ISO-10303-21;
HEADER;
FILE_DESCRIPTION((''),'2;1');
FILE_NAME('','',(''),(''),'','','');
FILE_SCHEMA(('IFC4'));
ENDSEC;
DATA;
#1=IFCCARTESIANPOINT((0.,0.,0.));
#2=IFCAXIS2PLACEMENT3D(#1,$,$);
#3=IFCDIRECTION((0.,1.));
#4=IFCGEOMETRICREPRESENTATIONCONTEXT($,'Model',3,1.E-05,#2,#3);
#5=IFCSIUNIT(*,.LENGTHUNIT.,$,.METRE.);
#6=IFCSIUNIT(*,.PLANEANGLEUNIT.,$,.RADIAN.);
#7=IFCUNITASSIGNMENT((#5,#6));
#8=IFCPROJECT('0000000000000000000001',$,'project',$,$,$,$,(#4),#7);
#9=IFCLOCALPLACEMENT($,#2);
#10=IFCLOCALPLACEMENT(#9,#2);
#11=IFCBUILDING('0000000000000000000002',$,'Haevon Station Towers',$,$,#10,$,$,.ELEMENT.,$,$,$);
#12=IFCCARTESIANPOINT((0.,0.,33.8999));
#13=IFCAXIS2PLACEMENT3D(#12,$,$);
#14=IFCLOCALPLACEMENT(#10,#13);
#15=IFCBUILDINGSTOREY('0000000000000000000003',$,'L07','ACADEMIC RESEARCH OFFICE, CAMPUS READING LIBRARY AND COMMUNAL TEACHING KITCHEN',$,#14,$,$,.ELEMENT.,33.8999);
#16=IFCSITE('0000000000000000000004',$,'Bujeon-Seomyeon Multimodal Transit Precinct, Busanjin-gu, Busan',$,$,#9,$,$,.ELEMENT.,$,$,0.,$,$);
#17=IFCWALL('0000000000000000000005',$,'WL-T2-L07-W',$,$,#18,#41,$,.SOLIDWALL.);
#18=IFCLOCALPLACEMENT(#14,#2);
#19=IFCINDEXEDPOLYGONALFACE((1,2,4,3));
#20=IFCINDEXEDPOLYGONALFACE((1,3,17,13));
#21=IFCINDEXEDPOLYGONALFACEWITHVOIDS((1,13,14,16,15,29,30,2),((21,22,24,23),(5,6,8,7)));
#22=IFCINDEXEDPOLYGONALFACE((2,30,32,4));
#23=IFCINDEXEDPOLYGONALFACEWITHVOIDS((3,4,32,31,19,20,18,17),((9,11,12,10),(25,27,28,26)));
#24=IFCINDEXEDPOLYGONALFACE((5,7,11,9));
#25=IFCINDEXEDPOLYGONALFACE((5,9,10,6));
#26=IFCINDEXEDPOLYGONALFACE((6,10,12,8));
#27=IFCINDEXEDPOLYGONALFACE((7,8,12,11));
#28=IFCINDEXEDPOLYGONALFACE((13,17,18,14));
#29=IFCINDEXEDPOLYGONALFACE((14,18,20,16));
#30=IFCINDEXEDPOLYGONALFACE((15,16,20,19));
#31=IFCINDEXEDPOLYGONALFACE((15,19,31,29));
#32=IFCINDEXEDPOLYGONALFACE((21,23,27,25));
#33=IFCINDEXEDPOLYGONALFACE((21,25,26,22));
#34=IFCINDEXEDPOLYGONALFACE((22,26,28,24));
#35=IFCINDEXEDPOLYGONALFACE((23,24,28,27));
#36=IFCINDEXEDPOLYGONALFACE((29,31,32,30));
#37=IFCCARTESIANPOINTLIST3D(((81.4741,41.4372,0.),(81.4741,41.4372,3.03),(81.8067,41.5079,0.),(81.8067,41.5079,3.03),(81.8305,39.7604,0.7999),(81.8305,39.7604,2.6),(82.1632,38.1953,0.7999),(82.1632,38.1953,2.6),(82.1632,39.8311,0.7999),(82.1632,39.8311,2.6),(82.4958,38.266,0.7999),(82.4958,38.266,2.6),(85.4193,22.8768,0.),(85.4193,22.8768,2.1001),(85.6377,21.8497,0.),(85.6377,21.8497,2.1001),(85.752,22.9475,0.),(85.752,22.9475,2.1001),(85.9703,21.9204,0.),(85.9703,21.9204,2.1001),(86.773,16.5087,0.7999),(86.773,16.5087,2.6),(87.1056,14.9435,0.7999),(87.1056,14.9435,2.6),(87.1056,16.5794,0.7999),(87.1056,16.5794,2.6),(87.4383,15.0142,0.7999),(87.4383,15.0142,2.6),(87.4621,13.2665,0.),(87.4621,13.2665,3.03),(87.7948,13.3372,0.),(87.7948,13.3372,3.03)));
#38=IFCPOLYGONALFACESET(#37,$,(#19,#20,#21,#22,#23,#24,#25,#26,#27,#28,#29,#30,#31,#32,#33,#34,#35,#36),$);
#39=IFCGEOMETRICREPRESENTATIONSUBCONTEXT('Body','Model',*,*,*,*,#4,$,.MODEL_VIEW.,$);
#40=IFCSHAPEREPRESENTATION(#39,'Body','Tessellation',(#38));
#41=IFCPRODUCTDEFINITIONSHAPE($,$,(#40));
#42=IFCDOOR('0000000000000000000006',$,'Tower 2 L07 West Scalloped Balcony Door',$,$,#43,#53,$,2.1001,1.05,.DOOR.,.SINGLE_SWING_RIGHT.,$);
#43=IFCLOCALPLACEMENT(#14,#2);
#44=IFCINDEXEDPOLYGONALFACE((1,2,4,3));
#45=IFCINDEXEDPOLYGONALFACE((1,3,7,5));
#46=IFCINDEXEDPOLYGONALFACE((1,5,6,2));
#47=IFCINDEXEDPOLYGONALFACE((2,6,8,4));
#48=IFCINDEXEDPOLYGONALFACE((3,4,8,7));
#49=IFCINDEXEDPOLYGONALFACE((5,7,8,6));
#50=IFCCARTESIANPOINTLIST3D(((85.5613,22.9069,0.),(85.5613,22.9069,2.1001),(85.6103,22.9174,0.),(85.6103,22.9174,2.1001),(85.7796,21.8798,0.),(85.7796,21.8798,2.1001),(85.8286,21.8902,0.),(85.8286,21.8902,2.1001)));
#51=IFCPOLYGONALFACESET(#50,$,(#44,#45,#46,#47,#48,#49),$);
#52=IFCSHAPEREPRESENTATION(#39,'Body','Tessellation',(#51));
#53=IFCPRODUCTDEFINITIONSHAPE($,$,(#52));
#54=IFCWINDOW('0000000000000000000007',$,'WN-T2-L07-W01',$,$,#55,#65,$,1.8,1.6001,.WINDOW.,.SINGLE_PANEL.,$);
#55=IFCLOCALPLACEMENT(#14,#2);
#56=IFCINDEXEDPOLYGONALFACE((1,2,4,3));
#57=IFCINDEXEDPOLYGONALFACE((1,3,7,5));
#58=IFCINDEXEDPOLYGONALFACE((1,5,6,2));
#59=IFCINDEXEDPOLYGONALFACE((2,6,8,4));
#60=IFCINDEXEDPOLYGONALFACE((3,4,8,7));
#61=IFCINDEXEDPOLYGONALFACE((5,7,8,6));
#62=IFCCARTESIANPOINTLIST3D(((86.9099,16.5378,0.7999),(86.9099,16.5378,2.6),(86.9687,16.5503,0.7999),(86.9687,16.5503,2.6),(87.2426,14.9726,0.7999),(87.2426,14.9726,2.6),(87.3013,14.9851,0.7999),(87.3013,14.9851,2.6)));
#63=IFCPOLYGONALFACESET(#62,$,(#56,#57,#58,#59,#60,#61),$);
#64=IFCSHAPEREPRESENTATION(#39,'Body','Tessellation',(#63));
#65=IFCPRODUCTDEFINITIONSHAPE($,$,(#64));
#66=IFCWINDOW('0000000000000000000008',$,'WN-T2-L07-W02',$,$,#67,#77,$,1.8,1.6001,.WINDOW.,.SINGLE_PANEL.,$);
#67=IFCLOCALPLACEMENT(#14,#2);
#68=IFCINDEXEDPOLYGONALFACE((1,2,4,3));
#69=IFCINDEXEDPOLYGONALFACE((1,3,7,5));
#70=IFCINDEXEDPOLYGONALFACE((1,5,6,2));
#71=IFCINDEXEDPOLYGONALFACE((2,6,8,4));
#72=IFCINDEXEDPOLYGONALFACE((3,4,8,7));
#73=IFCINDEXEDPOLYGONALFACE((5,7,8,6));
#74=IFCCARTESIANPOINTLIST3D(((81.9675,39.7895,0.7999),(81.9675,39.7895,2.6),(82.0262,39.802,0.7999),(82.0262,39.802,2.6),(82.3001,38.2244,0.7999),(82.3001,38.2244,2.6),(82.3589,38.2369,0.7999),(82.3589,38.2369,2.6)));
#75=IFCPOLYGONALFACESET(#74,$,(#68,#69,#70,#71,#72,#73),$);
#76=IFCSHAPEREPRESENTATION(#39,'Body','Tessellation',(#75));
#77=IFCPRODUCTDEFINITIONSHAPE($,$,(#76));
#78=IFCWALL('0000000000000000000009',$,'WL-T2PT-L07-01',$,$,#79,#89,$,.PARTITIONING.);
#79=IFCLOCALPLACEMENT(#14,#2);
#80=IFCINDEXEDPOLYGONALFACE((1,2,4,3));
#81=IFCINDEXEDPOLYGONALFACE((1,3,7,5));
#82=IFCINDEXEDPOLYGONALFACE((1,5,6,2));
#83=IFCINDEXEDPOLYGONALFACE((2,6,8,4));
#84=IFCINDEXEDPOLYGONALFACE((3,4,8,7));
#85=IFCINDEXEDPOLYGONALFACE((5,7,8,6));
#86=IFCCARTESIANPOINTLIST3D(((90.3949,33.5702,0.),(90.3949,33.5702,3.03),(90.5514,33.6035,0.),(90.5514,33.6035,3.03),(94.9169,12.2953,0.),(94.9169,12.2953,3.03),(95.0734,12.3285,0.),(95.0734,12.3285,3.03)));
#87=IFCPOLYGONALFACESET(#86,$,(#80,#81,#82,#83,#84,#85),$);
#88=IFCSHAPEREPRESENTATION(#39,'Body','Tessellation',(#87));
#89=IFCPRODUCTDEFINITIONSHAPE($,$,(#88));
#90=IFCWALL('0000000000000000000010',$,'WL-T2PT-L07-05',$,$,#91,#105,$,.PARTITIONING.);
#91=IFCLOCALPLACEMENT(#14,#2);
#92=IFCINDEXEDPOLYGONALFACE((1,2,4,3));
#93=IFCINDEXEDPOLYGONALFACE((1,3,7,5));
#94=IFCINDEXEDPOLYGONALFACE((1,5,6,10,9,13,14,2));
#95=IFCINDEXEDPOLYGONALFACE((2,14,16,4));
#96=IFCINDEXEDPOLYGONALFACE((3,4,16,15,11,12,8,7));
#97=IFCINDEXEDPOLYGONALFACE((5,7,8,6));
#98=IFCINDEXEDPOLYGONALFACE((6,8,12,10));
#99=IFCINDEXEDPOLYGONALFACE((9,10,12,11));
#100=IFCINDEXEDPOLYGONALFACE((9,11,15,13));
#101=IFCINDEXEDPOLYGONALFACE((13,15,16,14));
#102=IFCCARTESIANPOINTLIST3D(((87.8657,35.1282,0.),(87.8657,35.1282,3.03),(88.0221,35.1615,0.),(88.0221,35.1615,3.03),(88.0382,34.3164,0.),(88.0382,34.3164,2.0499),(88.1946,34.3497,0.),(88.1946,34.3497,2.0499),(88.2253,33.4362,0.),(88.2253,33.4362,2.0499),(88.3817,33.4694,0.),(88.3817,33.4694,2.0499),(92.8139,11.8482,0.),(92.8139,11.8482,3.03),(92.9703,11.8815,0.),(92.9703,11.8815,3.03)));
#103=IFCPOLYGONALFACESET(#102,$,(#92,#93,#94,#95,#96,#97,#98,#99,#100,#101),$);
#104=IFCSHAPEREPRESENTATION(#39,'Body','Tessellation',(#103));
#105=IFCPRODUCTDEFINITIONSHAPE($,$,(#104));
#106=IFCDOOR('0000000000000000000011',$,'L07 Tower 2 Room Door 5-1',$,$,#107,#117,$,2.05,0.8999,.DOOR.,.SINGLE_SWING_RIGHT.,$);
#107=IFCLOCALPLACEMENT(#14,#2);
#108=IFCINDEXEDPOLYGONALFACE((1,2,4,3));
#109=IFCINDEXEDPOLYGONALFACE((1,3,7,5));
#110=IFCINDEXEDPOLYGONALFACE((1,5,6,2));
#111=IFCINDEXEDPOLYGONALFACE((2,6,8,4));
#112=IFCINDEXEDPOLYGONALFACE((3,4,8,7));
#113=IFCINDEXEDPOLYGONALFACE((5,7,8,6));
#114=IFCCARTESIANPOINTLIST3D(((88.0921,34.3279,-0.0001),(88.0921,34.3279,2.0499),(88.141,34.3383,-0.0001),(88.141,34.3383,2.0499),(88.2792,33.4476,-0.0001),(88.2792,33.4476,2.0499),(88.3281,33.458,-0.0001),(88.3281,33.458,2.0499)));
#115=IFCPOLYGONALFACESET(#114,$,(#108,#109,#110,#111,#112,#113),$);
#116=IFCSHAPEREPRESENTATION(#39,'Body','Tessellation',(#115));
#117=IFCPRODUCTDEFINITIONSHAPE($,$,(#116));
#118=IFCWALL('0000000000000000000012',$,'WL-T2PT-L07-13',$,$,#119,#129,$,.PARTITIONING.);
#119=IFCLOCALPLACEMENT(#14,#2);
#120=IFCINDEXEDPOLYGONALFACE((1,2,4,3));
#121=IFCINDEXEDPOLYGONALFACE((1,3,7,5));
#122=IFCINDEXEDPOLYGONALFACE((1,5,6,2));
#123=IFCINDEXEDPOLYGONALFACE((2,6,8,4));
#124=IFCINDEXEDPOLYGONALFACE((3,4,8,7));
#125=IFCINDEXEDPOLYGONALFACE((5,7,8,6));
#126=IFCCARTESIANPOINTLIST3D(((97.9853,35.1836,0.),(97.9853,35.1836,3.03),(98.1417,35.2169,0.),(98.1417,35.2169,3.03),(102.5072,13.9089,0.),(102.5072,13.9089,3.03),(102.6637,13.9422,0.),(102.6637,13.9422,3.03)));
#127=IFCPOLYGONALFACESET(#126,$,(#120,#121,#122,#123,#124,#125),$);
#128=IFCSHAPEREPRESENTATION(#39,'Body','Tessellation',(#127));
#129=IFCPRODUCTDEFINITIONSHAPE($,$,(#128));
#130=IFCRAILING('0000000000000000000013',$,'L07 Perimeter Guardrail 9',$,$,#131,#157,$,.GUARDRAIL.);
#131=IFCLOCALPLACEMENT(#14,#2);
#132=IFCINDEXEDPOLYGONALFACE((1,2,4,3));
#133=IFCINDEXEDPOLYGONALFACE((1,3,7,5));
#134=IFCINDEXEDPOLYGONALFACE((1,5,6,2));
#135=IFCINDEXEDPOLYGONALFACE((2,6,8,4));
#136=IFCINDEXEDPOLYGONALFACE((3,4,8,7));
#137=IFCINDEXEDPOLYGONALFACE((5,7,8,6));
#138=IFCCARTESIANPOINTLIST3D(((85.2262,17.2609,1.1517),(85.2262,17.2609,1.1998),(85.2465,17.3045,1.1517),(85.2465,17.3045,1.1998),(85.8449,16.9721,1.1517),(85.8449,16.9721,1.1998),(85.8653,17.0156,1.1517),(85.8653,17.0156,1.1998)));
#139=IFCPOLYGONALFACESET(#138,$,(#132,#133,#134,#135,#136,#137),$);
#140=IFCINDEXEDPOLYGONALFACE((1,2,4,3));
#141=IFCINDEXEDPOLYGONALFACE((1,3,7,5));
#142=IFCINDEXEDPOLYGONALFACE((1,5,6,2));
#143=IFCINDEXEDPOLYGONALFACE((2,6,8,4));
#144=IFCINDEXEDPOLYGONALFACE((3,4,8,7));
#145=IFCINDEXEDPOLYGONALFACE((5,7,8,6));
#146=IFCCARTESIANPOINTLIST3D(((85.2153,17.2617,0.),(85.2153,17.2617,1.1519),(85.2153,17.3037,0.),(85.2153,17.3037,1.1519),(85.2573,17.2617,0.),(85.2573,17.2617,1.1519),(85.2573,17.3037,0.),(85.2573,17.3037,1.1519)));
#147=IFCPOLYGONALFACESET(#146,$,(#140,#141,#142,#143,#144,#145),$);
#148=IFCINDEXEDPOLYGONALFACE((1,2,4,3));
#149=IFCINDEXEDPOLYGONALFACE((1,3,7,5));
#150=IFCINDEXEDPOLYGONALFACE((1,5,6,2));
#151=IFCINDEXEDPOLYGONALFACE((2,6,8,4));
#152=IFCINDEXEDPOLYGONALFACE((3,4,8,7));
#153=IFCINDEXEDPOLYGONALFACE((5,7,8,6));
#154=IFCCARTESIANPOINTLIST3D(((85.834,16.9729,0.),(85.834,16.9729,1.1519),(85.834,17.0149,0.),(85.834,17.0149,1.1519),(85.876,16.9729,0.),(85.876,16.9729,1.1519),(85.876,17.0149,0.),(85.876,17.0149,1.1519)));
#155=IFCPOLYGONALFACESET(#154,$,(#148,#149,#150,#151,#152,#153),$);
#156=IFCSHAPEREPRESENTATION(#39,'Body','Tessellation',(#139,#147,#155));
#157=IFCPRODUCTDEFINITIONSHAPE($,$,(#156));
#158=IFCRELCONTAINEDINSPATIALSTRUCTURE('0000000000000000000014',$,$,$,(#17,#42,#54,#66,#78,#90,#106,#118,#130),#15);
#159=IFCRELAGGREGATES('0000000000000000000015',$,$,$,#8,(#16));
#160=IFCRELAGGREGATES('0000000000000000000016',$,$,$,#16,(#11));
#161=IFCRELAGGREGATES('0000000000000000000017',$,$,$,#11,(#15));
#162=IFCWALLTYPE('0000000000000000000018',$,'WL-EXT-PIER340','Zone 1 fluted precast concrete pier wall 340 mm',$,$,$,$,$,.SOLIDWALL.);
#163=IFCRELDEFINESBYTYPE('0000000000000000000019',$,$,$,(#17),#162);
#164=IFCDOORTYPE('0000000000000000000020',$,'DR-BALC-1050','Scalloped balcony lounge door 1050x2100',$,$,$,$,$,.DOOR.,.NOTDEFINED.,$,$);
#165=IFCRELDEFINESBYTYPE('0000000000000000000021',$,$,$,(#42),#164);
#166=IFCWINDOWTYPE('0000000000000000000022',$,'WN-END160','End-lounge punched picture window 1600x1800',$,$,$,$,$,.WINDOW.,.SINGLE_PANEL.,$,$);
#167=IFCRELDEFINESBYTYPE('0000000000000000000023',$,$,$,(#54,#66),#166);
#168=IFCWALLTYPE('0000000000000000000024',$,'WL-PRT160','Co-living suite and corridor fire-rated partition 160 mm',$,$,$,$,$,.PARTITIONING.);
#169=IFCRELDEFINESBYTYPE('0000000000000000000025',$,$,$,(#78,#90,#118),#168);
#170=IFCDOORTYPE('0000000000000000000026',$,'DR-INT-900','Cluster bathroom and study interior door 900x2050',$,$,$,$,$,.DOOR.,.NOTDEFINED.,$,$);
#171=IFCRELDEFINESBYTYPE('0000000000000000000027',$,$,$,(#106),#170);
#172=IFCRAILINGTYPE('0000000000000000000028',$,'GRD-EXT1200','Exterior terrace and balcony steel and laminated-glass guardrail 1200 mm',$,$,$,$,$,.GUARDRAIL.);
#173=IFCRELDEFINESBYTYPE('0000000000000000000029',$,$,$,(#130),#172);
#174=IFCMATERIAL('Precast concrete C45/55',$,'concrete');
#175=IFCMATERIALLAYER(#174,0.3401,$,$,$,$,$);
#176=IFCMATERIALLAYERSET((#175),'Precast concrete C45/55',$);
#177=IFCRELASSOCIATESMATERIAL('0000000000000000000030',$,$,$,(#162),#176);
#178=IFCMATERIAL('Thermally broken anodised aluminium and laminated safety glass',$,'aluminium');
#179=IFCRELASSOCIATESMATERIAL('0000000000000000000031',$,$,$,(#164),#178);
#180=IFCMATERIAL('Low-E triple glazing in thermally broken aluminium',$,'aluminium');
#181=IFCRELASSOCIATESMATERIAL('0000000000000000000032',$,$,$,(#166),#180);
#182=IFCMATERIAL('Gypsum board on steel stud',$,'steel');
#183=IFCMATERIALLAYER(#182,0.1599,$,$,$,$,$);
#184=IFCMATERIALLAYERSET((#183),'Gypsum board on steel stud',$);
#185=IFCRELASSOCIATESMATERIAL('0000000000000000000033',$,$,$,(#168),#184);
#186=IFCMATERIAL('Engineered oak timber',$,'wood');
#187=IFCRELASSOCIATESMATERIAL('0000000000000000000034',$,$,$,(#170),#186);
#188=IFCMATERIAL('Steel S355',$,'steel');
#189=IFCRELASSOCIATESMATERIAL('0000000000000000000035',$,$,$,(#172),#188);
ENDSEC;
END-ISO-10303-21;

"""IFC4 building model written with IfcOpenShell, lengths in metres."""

from ifc_helpers import new_model, si_unit, direction, frame, frame_2d, origin, origin_2d, place, context, subcontext, project, spatial, rectangle, extrude, material, layer, layer_set, type_object, element, fill, save


model = new_model("IFC4")

# Units and contexts
model_context = context("Model", 3, precision=1e-05, world=origin(), true_north=direction((0.0, 1.0)))
body_context = subcontext(model_context, "Body", "Model", "MODEL_VIEW")
ifc_project = project(units=[si_unit("LENGTHUNIT", "METRE"), si_unit("PLANEANGLEUNIT", "RADIAN")], contexts=[model_context])

# Site, building, storey
site_placement = place(None, origin())
site = spatial("IfcSite", under=ifc_project, at=site_placement, Name="Bujeon-Seomyeon Multimodal Transit Precinct, Busanjin-gu, Busan", CompositionType="ELEMENT", RefElevation=0.0)
building_placement = place(site_placement, origin())
building = spatial("IfcBuilding", under=site, at=building_placement, Name="Haevon Station Towers", CompositionType="ELEMENT")
storey_placement = place(building_placement, frame((0.0, 0.0, 33.8999)))
storey = spatial("IfcBuildingStorey", under=building, at=storey_placement, Name="L07", Description="ACADEMIC RESEARCH OFFICE, CAMPUS READING LIBRARY AND COMMUNAL TEACHING KITCHEN", CompositionType="ELEMENT", Elevation=33.8999)

# Shared definitions
ifc_material_1 = material(Name="Steel S355", Category="steel")

# Shared definitions
ifc_material_2 = material(Name="Precast concrete C45/55", Category="concrete")
ifc_layer_1 = layer(ifc_material_2, 0.3401)
ifc_layer_set_1 = layer_set([ifc_layer_1], Name="Precast concrete C45/55")
wall_type_1 = type_object("IfcWallType", Name="WL-EXT-PIER340", Description="Zone 1 fluted precast concrete pier wall 340 mm", PredefinedType="SOLIDWALL", material=ifc_layer_set_1)

# Wall, openings, door, windows
wall_1_placement = place(storey_placement, frame((87.6284, 13.302, 0.0), z_axis=(0.0, 0.0, 1.0), x_axis=(-0.207918, 0.978146, 0.0)))
wall_1 = element("IfcWall", 1, at=wall_1_placement, inside=storey, type_object=wall_type_1, Name="WL-T2-L07-W", PredefinedType="SOLIDWALL", context=body_context, shape_type="SweptSolid", body=[
    extrude(rectangle(XDim=28.8, YDim=0.3401, at=frame_2d((14.3999, 0.0))), origin(), (0.0, 0.0, 1.0), 3.03),
])
opening_1_placement = place(wall_1_placement, frame((8.7749, 0.0, 0.0)))
opening_1 = element("IfcOpeningElement", 2, at=opening_1_placement, cuts=wall_1, PredefinedType="OPENING", context=body_context, shape_type="SweptSolid", body=[
    extrude(rectangle(XDim=1.05, YDim=2.1001, at=frame_2d((0.5249, 1.05))), frame((0.0, 0.1799, 0.0), z_axis=(0.0, -1.0, 0.0), x_axis=(1.0, 0.0, 0.0)), (0.0, 0.0, 1.0), 0.3601),
])
opening_2_placement = place(wall_1_placement, frame((1.7144, 0.0, 0.8)))
opening_2 = element("IfcOpeningElement", 3, at=opening_2_placement, cuts=wall_1, PredefinedType="OPENING", context=body_context, shape_type="SweptSolid", body=[
    extrude(rectangle(XDim=1.6001, YDim=1.8, at=frame_2d((0.8, 0.8999))), frame((0.0, 0.1799, 0.0), z_axis=(0.0, -1.0, 0.0), x_axis=(1.0, 0.0, 0.0)), (0.0, 0.0, 1.0), 0.3601),
])
opening_3_placement = place(wall_1_placement, frame((25.4856, 0.0, 0.8)))
opening_3 = element("IfcOpeningElement", 4, at=opening_3_placement, cuts=wall_1, PredefinedType="OPENING", context=body_context, shape_type="SweptSolid", body=[
    extrude(rectangle(XDim=1.6001, YDim=1.8, at=frame_2d((0.8, 0.8999))), frame((0.0, 0.1799, 0.0), z_axis=(0.0, -1.0, 0.0), x_axis=(1.0, 0.0, 0.0)), (0.0, 0.0, 1.0), 0.3601),
])
ifc_material_3 = material(Name="Thermally broken anodised aluminium and laminated safety glass", Category="aluminium")
door_type_1 = type_object("IfcDoorType", Name="DR-BALC-1050", Description="Scalloped balcony lounge door 1050x2100", OperationType="NOTDEFINED", PredefinedType="DOOR", material=ifc_material_3)
door_1_placement = place(opening_1_placement, origin())
door_1 = element("IfcDoor", 5, at=door_1_placement, inside=storey, type_object=door_type_1, Name="Tower 2 L07 West Scalloped Balcony Door", OperationType="SINGLE_SWING_RIGHT", OverallHeight=2.1001, OverallWidth=1.05, PredefinedType="DOOR", context=body_context, shape_type="SweptSolid", body=[
    extrude(rectangle(XDim=1.05, YDim=2.1001, at=frame_2d((0.5249, 1.05))), frame((0.0, 0.0249, 0.0), z_axis=(0.0, -1.0, 0.0), x_axis=(1.0, 0.0, 0.0)), (0.0, 0.0, 1.0), 0.05),
])
fill(opening_1, door_1)
ifc_material_4 = material(Name="Low-E triple glazing in thermally broken aluminium", Category="aluminium")
window_type = type_object("IfcWindowType", Name="WN-END160", Description="End-lounge punched picture window 1600x1800", PartitioningType="SINGLE_PANEL", PredefinedType="WINDOW", material=ifc_material_4)
window_1_placement = place(opening_2_placement, origin())
window_1 = element("IfcWindow", 6, at=window_1_placement, inside=storey, type_object=window_type, Name="WN-T2-L07-W01", OverallHeight=1.8, OverallWidth=1.6001, PartitioningType="SINGLE_PANEL", PredefinedType="WINDOW", context=body_context, shape_type="SweptSolid", body=[
    extrude(rectangle(XDim=1.6001, YDim=1.8, at=frame_2d((0.8, 0.8999))), frame((0.0, 0.03, 0.0), z_axis=(0.0, -1.0, 0.0), x_axis=(1.0, 0.0, 0.0)), (0.0, 0.0, 1.0), 0.0601),
])
fill(opening_2, window_1)
window_2_placement = place(opening_3_placement, origin())
window_2 = element("IfcWindow", 7, at=window_2_placement, inside=storey, type_object=window_type, Name="WN-T2-L07-W02", OverallHeight=1.8, OverallWidth=1.6001, PartitioningType="SINGLE_PANEL", PredefinedType="WINDOW", context=body_context, shape_type="SweptSolid", body=[
    extrude(rectangle(XDim=1.6001, YDim=1.8, at=frame_2d((0.8, 0.8999))), frame((0.0, 0.03, 0.0), z_axis=(0.0, -1.0, 0.0), x_axis=(1.0, 0.0, 0.0)), (0.0, 0.0, 1.0), 0.0601),
])
fill(opening_3, window_2)

# Wall
ifc_material_5 = material(Name="Gypsum board on steel stud", Category="steel")
ifc_layer_2 = layer(ifc_material_5, 0.1599)
ifc_layer_set_2 = layer_set([ifc_layer_2], Name="Gypsum board on steel stud")
wall_type_2 = type_object("IfcWallType", Name="WL-PRT160", Description="Co-living suite and corridor fire-rated partition 160 mm", PredefinedType="PARTITIONING", material=ifc_layer_set_2)
wall_2_placement = place(storey_placement, frame((94.9951, 12.312, 0.0), z_axis=(0.0, 0.0, 1.0), x_axis=(-0.207905, 0.978149, 0.0)))
element("IfcWall", 8, at=wall_2_placement, inside=storey, type_object=wall_type_2, Name="WL-T2PT-L07-01", PredefinedType="PARTITIONING", context=body_context, shape_type="SweptSolid", body=[
    extrude(rectangle(XDim=21.7502, YDim=0.1599, at=frame_2d((10.875, 0.0))), origin(), (0.0, 0.0, 1.0), 3.03),
])

# Wall, opening, door
wall_3_placement = place(storey_placement, frame((92.8921, 11.865, 0.0), z_axis=(0.0, 0.0, 1.0), x_axis=(-0.207908, 0.978148, 0.0)))
wall_3 = element("IfcWall", 9, at=wall_3_placement, inside=storey, type_object=wall_type_2, Name="WL-T2PT-L07-05", PredefinedType="PARTITIONING", context=body_context, shape_type="SweptSolid", body=[
    extrude(rectangle(XDim=23.8, YDim=0.1599, at=frame_2d((11.8999, 0.0))), origin(), (0.0, 0.0, 1.0), 3.03),
])
opening_4_placement = place(wall_3_placement, frame((22.0701, 0.0, 0.0)))
opening_4 = element("IfcOpeningElement", 10, at=opening_4_placement, cuts=wall_3, PredefinedType="OPENING", context=body_context, shape_type="SweptSolid", body=[
    extrude(rectangle(XDim=0.8999, YDim=2.05, at=frame_2d((0.45, 1.0249))), frame((0.0, 0.0898, 0.0), z_axis=(0.0, -1.0, 0.0), x_axis=(1.0, 0.0, 0.0)), (0.0, 0.0, 1.0), 0.1799),
])
ifc_material_6 = material(Name="Engineered oak timber", Category="wood")
door_type_2 = type_object("IfcDoorType", Name="DR-INT-900", Description="Cluster bathroom and study interior door 900x2050", OperationType="NOTDEFINED", PredefinedType="DOOR", material=ifc_material_6)
door_2_placement = place(opening_4_placement, origin())
door_2 = element("IfcDoor", 11, at=door_2_placement, inside=storey, type_object=door_type_2, Name="L07 Tower 2 Room Door 5-1", OperationType="SINGLE_SWING_RIGHT", OverallHeight=2.05, OverallWidth=0.8999, PredefinedType="DOOR", context=body_context, shape_type="SweptSolid", body=[
    extrude(rectangle(XDim=0.8999, YDim=2.05, at=frame_2d((0.45, 1.0249))), frame((0.0, 0.0249, 0.0), z_axis=(0.0, -1.0, 0.0), x_axis=(1.0, 0.0, 0.0)), (0.0, 0.0, 1.0), 0.05),
])
fill(opening_4, door_2)

# Wall
wall_4_placement = place(storey_placement, frame((102.5854, 13.9255, 0.0), z_axis=(0.0, 0.0, 1.0), x_axis=(-0.207907, 0.978148, 0.0)))
element("IfcWall", 12, at=wall_4_placement, inside=storey, type_object=wall_type_2, Name="WL-T2PT-L07-13", PredefinedType="PARTITIONING", context=body_context, shape_type="SweptSolid", body=[
    extrude(rectangle(XDim=21.75, YDim=0.1599, at=frame_2d((10.875, 0.0))), origin(), (0.0, 0.0, 1.0), 3.03),
])

# Railing
railing_type = type_object("IfcRailingType", Name="GRD-EXT1200", Description="Exterior terrace and balcony steel and laminated-glass guardrail 1200 mm", PredefinedType="GUARDRAIL", material=ifc_material_1)
railing_1_placement = place(storey_placement, frame((85.2363, 17.2827, 0.0)))
element("IfcRailing", 13, at=railing_1_placement, inside=storey, type_object=railing_type, Name="L07 Perimeter Guardrail 9", PredefinedType="GUARDRAIL", context=body_context, shape_type="SweptSolid", body=[
    extrude(rectangle(XDim=0.0481, YDim=0.0481, at=origin_2d()), frame((0.0, 0.0, 1.1758), z_axis=(0.906119, -0.423022, 0.0), x_axis=(0.423022, 0.906119, 0.0)), (0.0, 0.0, 1.0), 0.6829),
    extrude(rectangle(XDim=0.042, YDim=0.042, at=origin_2d()), origin(), (0.0, 0.0, 1.0), 1.1519),
    extrude(rectangle(XDim=0.042, YDim=0.042, at=origin_2d()), frame((0.6187, -0.2888, 0.0)), (0.0, 0.0, 1.0), 1.1519),
])

save(model, "model.ifc")
